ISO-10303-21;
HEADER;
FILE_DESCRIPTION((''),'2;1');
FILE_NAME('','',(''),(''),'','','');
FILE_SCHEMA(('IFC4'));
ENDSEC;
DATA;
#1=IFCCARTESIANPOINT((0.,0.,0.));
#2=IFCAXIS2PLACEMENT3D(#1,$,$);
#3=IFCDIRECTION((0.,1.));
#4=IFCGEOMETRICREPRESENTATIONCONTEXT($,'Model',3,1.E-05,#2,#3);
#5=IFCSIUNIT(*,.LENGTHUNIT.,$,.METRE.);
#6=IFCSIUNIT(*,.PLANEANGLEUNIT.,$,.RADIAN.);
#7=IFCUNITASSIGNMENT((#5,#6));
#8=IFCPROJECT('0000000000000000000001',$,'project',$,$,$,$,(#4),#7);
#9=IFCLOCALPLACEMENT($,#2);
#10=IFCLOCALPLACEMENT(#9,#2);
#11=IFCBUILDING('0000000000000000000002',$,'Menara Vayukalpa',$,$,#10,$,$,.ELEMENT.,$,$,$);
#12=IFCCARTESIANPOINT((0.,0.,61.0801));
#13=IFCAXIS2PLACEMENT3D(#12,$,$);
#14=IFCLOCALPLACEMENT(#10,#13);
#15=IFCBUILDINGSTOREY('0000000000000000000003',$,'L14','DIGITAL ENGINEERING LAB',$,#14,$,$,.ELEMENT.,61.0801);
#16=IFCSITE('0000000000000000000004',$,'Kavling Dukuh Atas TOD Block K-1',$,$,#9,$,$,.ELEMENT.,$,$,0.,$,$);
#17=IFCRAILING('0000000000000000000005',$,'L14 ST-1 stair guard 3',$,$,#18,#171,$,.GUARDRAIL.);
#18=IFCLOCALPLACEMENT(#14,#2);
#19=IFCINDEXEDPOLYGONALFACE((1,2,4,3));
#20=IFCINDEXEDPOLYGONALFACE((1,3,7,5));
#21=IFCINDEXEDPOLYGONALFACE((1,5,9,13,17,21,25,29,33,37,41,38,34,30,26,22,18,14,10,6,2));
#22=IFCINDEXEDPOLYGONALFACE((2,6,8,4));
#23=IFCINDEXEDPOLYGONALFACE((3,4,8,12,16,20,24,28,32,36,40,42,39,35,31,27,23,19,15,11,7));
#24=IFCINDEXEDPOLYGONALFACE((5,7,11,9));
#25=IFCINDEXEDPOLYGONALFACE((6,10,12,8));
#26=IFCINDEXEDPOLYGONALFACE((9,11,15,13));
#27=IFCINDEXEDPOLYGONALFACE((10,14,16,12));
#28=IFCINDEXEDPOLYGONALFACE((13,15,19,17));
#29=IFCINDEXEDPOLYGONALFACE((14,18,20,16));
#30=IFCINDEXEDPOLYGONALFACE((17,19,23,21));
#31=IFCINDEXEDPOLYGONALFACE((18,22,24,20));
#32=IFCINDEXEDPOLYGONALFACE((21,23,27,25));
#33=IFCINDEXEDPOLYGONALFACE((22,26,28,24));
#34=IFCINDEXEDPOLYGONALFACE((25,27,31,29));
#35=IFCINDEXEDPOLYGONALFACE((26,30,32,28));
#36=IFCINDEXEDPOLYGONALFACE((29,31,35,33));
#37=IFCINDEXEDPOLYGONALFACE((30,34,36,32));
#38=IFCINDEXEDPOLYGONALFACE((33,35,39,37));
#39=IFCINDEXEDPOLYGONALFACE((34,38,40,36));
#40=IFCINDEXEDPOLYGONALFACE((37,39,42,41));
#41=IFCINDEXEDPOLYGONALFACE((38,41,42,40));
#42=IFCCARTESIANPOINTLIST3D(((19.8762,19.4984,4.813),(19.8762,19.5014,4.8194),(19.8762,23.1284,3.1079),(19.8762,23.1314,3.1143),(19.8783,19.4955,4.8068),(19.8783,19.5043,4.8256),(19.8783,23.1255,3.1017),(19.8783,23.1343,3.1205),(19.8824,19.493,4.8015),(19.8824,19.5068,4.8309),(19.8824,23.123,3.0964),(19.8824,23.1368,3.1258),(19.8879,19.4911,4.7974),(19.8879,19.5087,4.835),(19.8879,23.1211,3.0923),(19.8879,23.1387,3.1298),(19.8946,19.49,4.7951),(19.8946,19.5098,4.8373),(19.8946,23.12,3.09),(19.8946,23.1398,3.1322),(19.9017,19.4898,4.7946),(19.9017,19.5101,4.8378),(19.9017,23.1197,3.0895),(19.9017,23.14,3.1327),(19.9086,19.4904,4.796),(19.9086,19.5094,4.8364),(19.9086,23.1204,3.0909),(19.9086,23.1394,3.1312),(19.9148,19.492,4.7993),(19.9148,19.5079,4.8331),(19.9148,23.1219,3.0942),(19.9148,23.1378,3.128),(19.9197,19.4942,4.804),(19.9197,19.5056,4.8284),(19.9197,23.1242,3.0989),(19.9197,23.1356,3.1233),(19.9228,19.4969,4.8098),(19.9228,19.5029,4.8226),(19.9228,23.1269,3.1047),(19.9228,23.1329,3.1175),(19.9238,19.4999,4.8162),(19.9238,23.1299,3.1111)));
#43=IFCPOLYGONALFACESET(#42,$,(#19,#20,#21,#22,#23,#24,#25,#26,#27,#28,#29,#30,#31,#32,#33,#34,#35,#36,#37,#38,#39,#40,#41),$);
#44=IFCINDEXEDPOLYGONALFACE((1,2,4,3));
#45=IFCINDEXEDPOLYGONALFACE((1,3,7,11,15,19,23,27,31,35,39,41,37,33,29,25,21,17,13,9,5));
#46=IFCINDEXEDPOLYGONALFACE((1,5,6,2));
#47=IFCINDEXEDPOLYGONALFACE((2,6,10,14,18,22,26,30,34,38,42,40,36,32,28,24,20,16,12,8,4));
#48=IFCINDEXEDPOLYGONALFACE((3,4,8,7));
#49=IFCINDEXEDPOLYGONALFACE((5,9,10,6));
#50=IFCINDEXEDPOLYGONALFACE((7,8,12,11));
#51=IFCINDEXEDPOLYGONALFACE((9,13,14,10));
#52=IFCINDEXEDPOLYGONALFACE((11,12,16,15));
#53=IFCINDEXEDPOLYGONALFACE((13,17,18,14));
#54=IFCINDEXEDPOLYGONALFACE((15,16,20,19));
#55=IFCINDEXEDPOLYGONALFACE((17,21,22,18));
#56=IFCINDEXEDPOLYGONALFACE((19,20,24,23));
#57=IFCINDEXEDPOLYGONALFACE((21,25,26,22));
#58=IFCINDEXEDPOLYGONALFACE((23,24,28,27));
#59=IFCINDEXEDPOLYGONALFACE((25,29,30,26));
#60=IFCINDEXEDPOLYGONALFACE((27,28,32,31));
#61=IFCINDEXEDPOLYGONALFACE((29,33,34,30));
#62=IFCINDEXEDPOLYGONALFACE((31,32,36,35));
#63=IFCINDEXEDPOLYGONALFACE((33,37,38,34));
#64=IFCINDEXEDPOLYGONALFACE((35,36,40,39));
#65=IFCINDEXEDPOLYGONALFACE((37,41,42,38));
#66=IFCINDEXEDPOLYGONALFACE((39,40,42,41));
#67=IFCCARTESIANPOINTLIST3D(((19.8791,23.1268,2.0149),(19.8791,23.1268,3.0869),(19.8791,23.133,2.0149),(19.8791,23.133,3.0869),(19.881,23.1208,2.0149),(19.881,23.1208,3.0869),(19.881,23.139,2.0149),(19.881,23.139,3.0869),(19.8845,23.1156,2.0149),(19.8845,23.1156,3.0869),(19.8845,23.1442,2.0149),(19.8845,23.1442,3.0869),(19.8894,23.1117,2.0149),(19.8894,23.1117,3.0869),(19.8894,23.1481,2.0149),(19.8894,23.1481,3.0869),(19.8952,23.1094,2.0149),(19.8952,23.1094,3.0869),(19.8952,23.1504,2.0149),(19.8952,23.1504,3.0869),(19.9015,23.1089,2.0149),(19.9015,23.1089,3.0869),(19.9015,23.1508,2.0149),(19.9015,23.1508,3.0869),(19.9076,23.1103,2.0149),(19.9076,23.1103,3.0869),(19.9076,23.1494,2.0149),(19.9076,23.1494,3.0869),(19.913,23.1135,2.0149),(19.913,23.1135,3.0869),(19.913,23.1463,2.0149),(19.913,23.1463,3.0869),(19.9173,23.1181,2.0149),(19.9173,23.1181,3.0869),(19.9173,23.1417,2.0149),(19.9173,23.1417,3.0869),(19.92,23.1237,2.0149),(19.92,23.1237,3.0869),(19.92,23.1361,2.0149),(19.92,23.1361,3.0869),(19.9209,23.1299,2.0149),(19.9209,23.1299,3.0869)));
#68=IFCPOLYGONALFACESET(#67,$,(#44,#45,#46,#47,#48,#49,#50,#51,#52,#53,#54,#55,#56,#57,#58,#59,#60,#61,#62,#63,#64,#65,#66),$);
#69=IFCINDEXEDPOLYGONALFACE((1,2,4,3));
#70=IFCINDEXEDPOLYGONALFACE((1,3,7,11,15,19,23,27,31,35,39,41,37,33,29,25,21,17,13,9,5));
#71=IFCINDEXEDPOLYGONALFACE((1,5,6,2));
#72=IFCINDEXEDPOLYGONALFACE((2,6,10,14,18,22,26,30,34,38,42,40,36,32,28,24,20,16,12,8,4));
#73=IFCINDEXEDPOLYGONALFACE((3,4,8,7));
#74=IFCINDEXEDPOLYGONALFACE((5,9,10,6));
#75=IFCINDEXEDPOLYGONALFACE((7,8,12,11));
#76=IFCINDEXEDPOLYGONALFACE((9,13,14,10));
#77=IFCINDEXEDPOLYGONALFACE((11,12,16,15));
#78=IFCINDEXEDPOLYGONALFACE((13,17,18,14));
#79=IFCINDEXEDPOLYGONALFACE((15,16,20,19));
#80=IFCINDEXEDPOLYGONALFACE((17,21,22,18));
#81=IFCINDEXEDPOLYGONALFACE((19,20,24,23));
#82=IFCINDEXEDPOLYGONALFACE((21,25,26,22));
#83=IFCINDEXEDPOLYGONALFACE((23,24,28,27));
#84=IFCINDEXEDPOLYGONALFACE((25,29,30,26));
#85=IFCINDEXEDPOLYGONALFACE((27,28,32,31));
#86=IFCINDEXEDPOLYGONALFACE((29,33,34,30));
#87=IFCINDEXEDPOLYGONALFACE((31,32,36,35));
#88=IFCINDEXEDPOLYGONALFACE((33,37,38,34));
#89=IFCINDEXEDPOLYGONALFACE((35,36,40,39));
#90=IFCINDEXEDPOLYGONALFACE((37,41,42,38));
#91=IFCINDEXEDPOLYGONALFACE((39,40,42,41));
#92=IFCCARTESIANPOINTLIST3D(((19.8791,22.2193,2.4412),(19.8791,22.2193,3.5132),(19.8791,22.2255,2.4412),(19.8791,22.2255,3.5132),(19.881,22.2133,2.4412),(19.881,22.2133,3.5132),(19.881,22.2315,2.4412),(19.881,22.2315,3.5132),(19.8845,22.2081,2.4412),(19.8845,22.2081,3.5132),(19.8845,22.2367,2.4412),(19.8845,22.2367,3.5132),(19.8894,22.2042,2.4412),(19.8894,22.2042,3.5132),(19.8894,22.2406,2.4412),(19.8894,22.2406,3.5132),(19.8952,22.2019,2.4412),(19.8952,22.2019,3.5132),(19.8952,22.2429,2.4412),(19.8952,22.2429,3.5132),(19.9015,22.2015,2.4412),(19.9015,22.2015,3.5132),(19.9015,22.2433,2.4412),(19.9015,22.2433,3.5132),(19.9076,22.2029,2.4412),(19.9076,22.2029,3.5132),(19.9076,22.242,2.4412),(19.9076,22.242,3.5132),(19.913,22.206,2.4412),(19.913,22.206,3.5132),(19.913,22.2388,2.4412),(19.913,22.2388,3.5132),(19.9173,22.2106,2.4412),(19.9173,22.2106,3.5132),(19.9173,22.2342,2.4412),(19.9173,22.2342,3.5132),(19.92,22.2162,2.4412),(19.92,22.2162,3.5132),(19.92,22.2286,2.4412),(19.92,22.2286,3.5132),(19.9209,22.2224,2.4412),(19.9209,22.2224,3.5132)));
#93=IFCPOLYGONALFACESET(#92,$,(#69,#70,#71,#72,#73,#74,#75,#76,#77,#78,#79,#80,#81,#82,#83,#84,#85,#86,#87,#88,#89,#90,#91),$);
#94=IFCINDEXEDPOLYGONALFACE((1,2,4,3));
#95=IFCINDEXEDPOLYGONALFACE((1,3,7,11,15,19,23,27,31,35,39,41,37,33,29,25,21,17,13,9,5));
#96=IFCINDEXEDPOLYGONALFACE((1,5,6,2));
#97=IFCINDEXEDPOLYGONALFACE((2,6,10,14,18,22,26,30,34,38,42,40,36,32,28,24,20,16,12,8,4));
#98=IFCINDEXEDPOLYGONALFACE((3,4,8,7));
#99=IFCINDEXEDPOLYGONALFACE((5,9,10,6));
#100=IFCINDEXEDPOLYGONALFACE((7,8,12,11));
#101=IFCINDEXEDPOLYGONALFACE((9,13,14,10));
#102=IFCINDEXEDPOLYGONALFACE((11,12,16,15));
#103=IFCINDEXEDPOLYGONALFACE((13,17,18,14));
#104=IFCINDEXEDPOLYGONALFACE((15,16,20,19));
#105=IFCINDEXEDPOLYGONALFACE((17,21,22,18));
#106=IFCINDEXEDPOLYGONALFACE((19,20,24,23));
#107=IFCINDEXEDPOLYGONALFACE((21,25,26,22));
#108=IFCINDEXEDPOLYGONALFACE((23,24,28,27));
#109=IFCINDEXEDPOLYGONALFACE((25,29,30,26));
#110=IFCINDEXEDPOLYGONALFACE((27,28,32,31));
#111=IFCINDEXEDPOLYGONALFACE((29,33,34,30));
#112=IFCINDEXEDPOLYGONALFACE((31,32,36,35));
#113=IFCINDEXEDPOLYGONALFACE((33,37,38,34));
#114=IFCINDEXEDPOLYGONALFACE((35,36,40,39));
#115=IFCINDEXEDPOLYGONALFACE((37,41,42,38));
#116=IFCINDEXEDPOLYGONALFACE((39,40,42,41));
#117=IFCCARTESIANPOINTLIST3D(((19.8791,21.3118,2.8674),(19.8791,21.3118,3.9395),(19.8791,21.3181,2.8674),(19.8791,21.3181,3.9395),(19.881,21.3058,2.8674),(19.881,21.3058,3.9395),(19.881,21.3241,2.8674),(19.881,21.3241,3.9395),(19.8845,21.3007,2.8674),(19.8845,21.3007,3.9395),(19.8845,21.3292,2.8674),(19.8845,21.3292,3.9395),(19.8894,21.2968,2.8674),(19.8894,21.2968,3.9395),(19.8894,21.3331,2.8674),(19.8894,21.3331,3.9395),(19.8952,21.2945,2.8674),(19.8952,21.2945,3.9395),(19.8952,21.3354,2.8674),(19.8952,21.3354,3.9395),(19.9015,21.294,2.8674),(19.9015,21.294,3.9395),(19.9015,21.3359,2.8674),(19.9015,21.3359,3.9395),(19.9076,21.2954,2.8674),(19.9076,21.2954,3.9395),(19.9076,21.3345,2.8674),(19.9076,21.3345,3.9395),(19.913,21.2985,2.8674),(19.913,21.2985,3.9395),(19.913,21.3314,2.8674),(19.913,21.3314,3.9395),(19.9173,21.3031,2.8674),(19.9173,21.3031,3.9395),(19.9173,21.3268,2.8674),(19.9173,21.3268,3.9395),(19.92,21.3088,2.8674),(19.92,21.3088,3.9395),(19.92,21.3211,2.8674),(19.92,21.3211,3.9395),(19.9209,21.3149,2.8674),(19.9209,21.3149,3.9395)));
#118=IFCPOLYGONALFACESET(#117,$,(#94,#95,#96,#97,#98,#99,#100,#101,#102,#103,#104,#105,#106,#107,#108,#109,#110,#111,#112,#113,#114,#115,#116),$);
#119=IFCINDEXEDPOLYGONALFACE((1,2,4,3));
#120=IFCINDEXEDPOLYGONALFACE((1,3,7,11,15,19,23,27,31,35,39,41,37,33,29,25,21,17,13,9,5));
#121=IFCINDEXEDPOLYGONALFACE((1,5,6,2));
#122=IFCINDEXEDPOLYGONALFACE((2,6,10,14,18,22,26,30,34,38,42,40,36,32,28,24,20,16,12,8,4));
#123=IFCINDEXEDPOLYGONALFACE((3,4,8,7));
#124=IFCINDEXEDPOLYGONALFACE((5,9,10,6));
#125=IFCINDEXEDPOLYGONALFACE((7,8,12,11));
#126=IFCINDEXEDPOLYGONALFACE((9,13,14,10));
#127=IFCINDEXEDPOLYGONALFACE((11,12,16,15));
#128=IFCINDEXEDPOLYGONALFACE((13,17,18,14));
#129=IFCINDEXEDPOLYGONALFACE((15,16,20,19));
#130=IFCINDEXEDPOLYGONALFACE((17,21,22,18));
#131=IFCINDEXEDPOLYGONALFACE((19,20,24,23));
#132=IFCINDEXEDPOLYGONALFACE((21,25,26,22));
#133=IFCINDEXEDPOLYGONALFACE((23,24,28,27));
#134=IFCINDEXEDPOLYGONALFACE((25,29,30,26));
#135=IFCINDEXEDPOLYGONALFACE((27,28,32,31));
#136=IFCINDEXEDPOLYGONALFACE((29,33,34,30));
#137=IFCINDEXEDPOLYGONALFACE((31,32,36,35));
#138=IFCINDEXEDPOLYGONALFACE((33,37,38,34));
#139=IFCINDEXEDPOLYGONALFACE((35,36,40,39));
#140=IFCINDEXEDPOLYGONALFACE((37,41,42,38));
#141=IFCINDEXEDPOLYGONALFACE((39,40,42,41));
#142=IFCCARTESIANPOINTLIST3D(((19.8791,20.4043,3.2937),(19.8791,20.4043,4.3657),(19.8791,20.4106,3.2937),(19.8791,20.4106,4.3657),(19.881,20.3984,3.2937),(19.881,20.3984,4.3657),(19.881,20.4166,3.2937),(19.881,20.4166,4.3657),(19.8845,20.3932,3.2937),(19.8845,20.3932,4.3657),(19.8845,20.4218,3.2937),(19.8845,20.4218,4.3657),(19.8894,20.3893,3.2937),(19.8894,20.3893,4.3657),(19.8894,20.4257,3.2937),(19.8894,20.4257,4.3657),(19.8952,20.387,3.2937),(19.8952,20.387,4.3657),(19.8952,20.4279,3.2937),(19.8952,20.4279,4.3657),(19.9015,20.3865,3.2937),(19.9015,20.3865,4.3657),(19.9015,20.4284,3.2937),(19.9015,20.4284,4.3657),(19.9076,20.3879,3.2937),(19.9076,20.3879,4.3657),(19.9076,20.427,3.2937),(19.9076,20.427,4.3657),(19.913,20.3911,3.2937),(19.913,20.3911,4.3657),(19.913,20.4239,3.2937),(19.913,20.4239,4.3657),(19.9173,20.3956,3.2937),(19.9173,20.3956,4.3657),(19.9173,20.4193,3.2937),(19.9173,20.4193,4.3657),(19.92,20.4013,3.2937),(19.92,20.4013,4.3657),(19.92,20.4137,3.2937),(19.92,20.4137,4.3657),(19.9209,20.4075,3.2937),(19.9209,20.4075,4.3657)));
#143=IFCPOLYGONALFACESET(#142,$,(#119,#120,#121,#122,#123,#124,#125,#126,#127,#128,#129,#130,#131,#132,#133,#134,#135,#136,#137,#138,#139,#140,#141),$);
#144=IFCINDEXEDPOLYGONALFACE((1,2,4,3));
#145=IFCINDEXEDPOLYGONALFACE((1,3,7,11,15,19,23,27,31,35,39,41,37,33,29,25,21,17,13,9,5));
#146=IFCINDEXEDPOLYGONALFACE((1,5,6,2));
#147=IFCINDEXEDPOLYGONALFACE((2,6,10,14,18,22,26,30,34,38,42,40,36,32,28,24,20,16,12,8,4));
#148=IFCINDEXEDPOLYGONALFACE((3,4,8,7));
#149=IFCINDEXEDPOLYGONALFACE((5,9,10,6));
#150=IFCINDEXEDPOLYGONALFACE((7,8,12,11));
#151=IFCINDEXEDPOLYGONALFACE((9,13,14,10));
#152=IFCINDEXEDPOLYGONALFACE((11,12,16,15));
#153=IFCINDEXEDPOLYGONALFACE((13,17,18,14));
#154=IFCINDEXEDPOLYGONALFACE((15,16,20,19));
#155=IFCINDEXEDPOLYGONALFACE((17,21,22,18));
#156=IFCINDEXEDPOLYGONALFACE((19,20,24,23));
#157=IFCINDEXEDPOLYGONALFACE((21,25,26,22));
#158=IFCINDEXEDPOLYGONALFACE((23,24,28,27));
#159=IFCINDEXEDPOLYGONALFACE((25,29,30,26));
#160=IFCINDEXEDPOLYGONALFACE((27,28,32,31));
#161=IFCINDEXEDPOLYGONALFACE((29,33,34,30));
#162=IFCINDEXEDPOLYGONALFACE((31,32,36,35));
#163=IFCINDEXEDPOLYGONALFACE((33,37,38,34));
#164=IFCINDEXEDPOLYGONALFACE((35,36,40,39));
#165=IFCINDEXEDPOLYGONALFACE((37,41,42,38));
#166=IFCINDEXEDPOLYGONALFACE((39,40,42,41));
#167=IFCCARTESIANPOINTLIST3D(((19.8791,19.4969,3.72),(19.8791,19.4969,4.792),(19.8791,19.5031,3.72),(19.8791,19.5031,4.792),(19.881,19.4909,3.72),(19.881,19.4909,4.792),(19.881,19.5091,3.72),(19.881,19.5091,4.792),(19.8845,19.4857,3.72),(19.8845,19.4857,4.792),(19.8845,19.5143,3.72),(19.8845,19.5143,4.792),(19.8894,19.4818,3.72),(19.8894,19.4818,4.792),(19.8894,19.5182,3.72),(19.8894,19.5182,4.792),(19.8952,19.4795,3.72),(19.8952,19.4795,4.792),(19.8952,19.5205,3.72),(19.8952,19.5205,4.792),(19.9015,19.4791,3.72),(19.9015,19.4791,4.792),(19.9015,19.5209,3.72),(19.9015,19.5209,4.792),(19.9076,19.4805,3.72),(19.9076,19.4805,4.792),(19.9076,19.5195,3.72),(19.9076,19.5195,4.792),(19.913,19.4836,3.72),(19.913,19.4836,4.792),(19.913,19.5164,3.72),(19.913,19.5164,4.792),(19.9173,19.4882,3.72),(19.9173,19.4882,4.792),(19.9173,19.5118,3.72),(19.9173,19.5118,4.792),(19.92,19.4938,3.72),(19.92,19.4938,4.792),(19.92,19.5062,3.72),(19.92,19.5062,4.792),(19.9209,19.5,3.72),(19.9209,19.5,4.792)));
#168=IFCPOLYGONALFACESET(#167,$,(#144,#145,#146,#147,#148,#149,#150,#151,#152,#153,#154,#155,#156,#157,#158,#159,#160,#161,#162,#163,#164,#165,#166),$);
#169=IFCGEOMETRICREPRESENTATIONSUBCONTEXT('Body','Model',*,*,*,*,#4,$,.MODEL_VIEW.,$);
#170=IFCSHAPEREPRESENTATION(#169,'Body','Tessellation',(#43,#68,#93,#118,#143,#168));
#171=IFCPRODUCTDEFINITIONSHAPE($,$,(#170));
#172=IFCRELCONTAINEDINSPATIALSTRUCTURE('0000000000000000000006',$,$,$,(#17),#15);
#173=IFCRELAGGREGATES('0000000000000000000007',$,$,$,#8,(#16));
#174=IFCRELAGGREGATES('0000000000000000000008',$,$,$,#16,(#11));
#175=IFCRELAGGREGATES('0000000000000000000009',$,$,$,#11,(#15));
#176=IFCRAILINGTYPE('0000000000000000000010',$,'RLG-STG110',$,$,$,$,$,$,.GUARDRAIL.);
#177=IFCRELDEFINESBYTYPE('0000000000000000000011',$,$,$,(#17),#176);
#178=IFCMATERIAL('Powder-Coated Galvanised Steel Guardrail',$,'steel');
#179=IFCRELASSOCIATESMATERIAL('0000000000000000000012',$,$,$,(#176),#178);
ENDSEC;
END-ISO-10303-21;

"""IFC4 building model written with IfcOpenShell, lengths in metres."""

from ifc_helpers import new_model, si_unit, direction, frame, origin, origin_2d, place, context, subcontext, project, spatial, circle, extrude, material, type_object, element, save


model = new_model("IFC4")

# Units and contexts
model_context = context("Model", 3, precision=1e-05, world=origin(), true_north=direction((0.0, 1.0)))
body_context = subcontext(model_context, "Body", "Model", "MODEL_VIEW")
ifc_project = project(units=[si_unit("LENGTHUNIT", "METRE"), si_unit("PLANEANGLEUNIT", "RADIAN")], contexts=[model_context])

# Site, building, storey
site_placement = place(None, origin())
site = spatial("IfcSite", under=ifc_project, at=site_placement, Name="Kavling Dukuh Atas TOD Block K-1", CompositionType="ELEMENT", RefElevation=0.0)
building_placement = place(site_placement, origin())
building = spatial("IfcBuilding", under=site, at=building_placement, Name="Menara Vayukalpa", CompositionType="ELEMENT")
storey_placement = place(building_placement, frame((0.0, 0.0, 61.0801)))
storey = spatial("IfcBuildingStorey", under=building, at=storey_placement, Name="L14", Description="DIGITAL ENGINEERING LAB", CompositionType="ELEMENT", Elevation=61.0801)

# Railing
ifc_material_1 = material(Name="Powder-Coated Galvanised Steel Guardrail", Category="steel")
railing_type = type_object("IfcRailingType", Name="RLG-STG110", PredefinedType="GUARDRAIL", material=ifc_material_1)
railing_1_placement = place(storey_placement, frame((19.8999, 23.1299, 2.0149)))
element("IfcRailing", 1, at=railing_1_placement, inside=storey, type_object=railing_type, Name="L14 ST-1 stair guard 3", PredefinedType="GUARDRAIL", context=body_context, shape_type="SweptSolid", body=[
    extrude(circle(Radius=0.0239, at=origin_2d()), frame((0.0, 0.0, 1.0962), z_axis=(0.0, -0.905116, 0.425164), x_axis=(1.0, 0.0, 0.0)), (0.0, 0.0, 1.0), 4.0105),
    extrude(circle(Radius=0.021, at=origin_2d()), origin(), (0.0, 0.0, 1.0), 1.072),
    extrude(circle(Radius=0.021, at=origin_2d()), frame((0.0, -0.9075, 0.4263)), (0.0, 0.0, 1.0), 1.072),
    extrude(circle(Radius=0.021, at=origin_2d()), frame((0.0, -1.8149, 0.8525)), (0.0, 0.0, 1.0), 1.072),
    extrude(circle(Radius=0.021, at=origin_2d()), frame((0.0, -2.7224, 1.2788)), (0.0, 0.0, 1.0), 1.072),
    extrude(circle(Radius=0.021, at=origin_2d()), frame((0.0, -3.6299, 1.7051)), (0.0, 0.0, 1.0), 1.072),
])

save(model, "model.ifc")
